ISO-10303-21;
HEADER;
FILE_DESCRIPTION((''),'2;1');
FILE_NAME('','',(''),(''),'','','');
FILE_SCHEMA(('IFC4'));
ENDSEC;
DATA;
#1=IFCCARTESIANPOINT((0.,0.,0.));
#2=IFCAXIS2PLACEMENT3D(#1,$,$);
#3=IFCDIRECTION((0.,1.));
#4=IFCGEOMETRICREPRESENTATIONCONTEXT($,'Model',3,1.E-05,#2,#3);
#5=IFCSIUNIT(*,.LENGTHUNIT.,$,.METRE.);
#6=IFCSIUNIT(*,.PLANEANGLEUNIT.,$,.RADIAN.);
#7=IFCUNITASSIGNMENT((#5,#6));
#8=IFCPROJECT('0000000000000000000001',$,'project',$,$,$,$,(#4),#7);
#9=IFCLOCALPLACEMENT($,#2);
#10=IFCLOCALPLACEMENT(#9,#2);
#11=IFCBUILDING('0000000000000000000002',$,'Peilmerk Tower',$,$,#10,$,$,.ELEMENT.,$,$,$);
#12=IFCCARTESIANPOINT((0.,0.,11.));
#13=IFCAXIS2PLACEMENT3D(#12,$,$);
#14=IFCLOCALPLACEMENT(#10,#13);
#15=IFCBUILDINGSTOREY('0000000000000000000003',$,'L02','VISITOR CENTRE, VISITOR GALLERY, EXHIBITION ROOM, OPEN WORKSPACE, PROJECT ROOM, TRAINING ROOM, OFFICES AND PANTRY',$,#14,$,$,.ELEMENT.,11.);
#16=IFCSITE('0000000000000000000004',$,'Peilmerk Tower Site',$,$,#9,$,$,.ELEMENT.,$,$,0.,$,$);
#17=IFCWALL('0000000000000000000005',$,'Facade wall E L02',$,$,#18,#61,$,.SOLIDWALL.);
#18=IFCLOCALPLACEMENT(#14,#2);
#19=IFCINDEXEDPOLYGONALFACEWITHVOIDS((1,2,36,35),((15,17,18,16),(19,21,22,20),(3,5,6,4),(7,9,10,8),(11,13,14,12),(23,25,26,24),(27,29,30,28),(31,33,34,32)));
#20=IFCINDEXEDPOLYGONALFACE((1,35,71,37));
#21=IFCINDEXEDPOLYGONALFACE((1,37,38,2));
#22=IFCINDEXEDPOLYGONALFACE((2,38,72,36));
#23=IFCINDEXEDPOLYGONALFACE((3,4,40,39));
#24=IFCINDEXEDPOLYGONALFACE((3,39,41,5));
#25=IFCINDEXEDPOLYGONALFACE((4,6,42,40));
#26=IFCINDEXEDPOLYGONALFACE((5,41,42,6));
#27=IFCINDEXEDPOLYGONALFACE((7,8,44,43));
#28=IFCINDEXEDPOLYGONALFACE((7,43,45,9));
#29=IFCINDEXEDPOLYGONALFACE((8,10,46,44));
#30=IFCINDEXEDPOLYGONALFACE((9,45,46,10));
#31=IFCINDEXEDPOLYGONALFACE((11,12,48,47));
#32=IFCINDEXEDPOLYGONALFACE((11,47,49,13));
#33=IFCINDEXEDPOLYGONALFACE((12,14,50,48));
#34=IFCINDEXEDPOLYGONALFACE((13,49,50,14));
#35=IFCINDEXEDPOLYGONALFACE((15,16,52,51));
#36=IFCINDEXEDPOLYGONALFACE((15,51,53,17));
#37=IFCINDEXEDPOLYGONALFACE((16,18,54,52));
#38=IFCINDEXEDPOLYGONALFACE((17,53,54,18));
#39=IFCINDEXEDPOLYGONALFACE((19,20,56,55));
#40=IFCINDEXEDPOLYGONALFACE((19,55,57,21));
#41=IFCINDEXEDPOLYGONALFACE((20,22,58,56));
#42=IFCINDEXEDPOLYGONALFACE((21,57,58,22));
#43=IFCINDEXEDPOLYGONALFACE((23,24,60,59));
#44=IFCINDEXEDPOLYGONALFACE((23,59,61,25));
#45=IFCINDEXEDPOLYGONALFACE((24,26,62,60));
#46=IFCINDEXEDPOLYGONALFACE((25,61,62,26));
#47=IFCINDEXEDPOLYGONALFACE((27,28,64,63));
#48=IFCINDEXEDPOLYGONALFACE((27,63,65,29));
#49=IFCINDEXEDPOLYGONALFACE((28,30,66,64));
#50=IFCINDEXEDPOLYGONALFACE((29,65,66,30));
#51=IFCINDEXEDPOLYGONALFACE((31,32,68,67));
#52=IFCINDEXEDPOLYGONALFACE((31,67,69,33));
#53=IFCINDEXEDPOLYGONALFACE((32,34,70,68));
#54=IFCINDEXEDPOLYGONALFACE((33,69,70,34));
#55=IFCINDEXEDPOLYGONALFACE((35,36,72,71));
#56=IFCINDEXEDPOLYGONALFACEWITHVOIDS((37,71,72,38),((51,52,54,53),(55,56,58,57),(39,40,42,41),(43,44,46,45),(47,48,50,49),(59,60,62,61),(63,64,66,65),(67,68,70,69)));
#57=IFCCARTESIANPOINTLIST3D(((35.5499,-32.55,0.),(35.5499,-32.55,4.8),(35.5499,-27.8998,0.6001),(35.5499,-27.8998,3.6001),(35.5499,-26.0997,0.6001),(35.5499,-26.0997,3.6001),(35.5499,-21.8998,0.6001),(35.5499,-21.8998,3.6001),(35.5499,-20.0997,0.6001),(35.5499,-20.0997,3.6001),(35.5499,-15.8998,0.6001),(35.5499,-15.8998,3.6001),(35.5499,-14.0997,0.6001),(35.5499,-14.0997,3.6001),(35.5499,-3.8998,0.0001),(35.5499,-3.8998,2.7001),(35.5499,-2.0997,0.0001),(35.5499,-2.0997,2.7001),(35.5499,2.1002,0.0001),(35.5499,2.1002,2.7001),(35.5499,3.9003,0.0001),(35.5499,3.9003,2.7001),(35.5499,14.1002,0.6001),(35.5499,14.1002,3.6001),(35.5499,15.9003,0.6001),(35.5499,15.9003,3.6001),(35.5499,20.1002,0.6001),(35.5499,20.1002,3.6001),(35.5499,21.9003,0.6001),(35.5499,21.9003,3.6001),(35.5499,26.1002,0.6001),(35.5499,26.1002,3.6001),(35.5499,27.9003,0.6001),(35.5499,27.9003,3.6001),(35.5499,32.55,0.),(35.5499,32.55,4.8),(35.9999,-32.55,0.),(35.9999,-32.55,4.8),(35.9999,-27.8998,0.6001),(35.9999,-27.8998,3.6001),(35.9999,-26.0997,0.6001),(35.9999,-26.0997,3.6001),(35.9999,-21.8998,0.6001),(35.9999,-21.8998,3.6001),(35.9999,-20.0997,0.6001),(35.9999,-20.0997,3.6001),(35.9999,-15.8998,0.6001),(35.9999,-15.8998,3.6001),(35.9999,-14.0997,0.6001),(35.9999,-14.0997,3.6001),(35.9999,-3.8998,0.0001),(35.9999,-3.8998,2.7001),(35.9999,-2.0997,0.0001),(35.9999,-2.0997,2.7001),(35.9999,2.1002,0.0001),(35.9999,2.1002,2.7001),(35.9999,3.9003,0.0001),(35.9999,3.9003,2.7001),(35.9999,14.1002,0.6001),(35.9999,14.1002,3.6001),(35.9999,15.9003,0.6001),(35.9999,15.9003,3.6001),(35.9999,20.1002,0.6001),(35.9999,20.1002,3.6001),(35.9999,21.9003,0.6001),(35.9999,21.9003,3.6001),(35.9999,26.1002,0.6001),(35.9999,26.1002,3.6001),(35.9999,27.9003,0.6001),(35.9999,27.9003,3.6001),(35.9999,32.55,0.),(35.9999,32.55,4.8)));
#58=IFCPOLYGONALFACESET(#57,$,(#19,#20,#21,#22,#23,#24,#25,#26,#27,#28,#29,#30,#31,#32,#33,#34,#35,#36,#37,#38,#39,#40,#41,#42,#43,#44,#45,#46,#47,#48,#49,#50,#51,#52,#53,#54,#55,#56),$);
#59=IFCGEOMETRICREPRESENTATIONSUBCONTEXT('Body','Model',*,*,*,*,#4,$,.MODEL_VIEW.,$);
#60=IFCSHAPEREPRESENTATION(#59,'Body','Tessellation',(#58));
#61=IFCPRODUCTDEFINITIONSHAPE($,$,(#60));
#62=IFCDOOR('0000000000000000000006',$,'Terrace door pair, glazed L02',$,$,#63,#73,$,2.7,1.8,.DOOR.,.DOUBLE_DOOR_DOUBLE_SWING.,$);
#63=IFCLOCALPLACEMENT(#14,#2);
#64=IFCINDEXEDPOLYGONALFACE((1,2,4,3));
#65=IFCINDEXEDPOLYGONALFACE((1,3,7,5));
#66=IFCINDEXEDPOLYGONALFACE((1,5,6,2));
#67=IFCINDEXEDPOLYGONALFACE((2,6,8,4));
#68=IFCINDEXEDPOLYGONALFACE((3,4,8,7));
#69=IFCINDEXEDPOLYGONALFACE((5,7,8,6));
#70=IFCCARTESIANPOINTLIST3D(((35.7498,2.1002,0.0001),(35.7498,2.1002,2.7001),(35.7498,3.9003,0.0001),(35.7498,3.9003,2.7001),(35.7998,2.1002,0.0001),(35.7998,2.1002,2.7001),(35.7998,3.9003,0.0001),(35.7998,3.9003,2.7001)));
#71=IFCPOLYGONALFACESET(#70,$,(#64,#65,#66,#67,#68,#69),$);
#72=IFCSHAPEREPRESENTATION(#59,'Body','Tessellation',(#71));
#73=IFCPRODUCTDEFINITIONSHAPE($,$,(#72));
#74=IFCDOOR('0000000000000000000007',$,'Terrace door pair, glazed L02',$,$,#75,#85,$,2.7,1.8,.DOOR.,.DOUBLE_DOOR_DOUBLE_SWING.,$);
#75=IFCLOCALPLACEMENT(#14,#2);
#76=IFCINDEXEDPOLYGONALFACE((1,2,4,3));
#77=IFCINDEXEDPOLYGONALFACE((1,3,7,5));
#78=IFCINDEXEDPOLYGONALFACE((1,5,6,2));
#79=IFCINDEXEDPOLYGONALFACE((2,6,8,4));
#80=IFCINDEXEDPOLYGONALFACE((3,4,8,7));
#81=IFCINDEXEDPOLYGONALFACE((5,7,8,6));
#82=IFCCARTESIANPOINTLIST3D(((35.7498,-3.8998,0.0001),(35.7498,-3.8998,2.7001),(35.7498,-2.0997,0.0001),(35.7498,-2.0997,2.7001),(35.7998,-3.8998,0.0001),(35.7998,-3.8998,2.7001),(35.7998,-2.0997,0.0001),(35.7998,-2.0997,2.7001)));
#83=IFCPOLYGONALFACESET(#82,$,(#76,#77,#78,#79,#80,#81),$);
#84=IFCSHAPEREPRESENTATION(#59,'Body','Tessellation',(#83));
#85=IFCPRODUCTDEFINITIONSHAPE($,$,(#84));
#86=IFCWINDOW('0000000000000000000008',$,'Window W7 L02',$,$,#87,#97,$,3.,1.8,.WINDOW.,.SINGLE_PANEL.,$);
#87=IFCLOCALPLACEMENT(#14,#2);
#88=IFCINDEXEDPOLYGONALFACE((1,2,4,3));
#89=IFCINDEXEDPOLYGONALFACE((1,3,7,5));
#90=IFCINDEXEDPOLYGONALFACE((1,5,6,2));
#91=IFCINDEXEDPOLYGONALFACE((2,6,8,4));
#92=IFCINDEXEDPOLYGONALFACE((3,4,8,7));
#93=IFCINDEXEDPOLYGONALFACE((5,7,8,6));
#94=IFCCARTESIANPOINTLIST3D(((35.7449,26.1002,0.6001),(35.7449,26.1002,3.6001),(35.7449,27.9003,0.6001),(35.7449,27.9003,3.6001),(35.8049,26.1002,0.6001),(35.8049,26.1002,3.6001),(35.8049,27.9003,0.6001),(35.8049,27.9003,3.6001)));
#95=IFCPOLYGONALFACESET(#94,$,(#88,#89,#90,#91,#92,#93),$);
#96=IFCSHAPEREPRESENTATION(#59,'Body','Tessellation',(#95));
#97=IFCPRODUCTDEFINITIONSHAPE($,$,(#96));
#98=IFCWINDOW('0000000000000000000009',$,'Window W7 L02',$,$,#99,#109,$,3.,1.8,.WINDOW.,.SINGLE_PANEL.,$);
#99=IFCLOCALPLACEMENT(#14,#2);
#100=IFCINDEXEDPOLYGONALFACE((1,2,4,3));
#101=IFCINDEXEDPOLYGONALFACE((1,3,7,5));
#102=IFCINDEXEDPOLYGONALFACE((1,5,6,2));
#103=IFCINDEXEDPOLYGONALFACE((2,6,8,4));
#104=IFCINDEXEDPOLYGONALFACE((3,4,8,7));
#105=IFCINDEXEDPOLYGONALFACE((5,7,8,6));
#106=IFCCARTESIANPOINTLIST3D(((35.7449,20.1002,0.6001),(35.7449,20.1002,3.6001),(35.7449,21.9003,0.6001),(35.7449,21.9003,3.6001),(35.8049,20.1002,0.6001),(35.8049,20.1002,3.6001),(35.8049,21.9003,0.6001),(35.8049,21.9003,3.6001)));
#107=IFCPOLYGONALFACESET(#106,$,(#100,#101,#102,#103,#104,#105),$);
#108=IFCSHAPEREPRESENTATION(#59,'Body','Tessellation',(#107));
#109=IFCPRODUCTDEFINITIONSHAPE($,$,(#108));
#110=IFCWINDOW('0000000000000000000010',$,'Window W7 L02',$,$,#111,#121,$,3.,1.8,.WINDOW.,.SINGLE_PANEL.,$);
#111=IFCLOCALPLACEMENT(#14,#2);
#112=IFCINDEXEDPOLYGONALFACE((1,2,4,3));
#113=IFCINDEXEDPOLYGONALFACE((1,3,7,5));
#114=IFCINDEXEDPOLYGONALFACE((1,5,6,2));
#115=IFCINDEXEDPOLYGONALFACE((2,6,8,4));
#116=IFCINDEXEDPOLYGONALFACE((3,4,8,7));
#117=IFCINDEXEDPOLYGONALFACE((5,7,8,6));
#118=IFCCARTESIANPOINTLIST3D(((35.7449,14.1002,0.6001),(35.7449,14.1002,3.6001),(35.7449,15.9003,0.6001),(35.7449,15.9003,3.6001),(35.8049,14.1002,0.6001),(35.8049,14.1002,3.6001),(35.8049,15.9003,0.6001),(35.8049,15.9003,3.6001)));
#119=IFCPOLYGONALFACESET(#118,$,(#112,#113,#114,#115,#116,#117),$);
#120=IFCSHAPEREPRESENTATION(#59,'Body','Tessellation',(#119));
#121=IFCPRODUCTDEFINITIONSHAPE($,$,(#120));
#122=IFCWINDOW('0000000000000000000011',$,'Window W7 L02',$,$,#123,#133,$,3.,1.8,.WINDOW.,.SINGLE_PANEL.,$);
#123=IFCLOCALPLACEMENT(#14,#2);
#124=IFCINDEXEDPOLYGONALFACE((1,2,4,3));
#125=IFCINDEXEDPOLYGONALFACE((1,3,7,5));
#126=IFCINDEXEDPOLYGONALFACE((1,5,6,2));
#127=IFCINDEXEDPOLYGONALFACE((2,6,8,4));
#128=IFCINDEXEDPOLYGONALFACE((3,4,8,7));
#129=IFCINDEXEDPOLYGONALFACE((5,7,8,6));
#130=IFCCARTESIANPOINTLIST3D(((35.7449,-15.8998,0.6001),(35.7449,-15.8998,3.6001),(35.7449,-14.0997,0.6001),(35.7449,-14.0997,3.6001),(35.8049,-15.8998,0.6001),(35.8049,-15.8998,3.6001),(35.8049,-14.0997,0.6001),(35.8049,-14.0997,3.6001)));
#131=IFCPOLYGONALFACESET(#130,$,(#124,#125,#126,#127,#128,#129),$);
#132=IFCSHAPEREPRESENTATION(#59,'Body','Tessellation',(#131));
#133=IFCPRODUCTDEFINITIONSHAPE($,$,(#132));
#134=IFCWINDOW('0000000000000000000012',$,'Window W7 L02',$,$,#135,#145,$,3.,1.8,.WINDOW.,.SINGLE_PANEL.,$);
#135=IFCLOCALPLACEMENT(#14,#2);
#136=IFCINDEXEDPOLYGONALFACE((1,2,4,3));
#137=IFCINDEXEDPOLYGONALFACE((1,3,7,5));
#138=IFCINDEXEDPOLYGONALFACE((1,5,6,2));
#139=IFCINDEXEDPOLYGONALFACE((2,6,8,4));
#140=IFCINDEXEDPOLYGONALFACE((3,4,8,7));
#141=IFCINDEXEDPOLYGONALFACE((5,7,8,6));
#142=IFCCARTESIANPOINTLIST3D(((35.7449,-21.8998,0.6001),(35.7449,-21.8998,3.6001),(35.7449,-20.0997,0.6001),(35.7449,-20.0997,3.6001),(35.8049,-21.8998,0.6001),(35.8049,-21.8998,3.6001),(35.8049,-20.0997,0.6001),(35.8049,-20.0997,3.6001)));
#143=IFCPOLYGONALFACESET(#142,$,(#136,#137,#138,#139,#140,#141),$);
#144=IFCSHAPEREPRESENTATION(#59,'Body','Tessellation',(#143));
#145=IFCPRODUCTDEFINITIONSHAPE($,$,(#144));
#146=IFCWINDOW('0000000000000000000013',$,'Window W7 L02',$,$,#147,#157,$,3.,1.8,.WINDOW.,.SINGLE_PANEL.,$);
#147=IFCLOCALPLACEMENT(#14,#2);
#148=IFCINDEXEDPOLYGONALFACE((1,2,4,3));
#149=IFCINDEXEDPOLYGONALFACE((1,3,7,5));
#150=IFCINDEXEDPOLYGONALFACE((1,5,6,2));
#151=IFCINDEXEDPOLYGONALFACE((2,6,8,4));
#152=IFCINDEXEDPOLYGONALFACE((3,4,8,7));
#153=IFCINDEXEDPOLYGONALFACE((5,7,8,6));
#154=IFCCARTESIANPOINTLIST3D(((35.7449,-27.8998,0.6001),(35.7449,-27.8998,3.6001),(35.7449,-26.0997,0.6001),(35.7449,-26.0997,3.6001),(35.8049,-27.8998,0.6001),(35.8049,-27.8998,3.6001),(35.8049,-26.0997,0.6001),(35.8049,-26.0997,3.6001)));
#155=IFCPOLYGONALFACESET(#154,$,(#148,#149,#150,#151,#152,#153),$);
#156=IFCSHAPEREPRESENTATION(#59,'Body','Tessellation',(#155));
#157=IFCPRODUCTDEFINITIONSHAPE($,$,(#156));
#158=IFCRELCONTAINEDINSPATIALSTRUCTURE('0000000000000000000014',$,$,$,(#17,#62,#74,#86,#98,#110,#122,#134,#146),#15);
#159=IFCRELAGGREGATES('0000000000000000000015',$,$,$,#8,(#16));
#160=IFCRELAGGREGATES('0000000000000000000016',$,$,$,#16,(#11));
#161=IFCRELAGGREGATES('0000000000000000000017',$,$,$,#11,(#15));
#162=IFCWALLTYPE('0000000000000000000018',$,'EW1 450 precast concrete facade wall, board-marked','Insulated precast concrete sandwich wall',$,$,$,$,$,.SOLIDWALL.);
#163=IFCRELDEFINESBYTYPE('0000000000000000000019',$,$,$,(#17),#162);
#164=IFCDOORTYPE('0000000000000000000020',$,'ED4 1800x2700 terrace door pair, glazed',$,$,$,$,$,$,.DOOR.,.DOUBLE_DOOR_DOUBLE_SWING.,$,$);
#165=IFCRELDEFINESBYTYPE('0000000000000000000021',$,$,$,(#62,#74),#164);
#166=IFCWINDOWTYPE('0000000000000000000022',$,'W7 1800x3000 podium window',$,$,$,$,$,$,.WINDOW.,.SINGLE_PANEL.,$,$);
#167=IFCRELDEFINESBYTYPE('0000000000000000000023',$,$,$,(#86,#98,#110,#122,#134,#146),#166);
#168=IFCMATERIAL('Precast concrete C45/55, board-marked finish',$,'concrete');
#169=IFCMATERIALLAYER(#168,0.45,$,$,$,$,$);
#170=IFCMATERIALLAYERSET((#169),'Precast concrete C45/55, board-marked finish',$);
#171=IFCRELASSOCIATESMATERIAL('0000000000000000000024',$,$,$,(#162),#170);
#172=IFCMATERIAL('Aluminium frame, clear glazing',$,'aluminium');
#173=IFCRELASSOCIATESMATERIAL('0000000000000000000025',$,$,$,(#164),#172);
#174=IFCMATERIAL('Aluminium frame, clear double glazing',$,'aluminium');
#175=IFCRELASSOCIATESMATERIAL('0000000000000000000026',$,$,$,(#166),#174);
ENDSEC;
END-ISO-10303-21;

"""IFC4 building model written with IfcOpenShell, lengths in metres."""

from ifc_helpers import new_model, si_unit, direction, frame, frame_2d, origin, place, context, subcontext, project, spatial, rectangle, extrude, material, layer, layer_set, type_object, element, fill, save


model = new_model("IFC4")

# Units and contexts
model_context = context("Model", 3, precision=1e-05, world=origin(), true_north=direction((0.0, 1.0)))
body_context = subcontext(model_context, "Body", "Model", "MODEL_VIEW")
ifc_project = project(units=[si_unit("LENGTHUNIT", "METRE"), si_unit("PLANEANGLEUNIT", "RADIAN")], contexts=[model_context])

# Site, building, storey
site_placement = place(None, origin())
site = spatial("IfcSite", under=ifc_project, at=site_placement, Name="Peilmerk Tower Site", CompositionType="ELEMENT", RefElevation=0.0)
building_placement = place(site_placement, origin())
building = spatial("IfcBuilding", under=site, at=building_placement, Name="Peilmerk Tower", CompositionType="ELEMENT")
storey_placement = place(building_placement, frame((0.0, 0.0, 11.0)))
storey = spatial("IfcBuildingStorey", under=building, at=storey_placement, Name="L02", Description="VISITOR CENTRE, VISITOR GALLERY, EXHIBITION ROOM, OPEN WORKSPACE, PROJECT ROOM, TRAINING ROOM, OFFICES AND PANTRY", CompositionType="ELEMENT", Elevation=11.0)

# Wall, openings, doors, windows
ifc_material_1 = material(Name="Precast concrete C45/55, board-marked finish", Category="concrete")
ifc_layer = layer(ifc_material_1, 0.45)
ifc_layer_set = layer_set([ifc_layer], Name="Precast concrete C45/55, board-marked finish")
wall_type = type_object("IfcWallType", Name="EW1 450 precast concrete facade wall, board-marked", Description="Insulated precast concrete sandwich wall", PredefinedType="SOLIDWALL", material=ifc_layer_set)
wall_placement = place(storey_placement, frame((35.7749, 32.55, 0.0), z_axis=(0.0, 0.0, 1.0), x_axis=(0.0, -1.0, 0.0)))
wall = element("IfcWall", 1, at=wall_placement, inside=storey, type_object=wall_type, Name="Facade wall E L02", PredefinedType="SOLIDWALL", context=body_context, shape_type="SweptSolid", body=[
    extrude(rectangle(XDim=65.1001, YDim=0.45, at=frame_2d((32.55, 0.0))), origin(), (0.0, 0.0, 1.0), 4.8),
])
opening_1_placement = place(wall_placement, frame((4.6499, 0.0, 0.6001)))
opening_1 = element("IfcOpeningElement", 2, at=opening_1_placement, cuts=wall, PredefinedType="OPENING", context=body_context, shape_type="SweptSolid", body=[
    extrude(rectangle(XDim=1.8, YDim=3.0, at=frame_2d((0.8999, 1.5))), frame((0.0, 0.2349, 0.0), z_axis=(0.0, -1.0, 0.0), x_axis=(1.0, 0.0, 0.0)), (0.0, 0.0, 1.0), 0.47),
])
opening_2_placement = place(wall_placement, frame((10.6499, 0.0, 0.6001)))
opening_2 = element("IfcOpeningElement", 3, at=opening_2_placement, cuts=wall, PredefinedType="OPENING", context=body_context, shape_type="SweptSolid", body=[
    extrude(rectangle(XDim=1.8, YDim=3.0, at=frame_2d((0.8999, 1.5))), frame((0.0, 0.2349, 0.0), z_axis=(0.0, -1.0, 0.0), x_axis=(1.0, 0.0, 0.0)), (0.0, 0.0, 1.0), 0.47),
])
opening_3_placement = place(wall_placement, frame((16.6499, 0.0, 0.6001)))
opening_3 = element("IfcOpeningElement", 4, at=opening_3_placement, cuts=wall, PredefinedType="OPENING", context=body_context, shape_type="SweptSolid", body=[
    extrude(rectangle(XDim=1.8, YDim=3.0, at=frame_2d((0.8999, 1.5))), frame((0.0, 0.2349, 0.0), z_axis=(0.0, -1.0, 0.0), x_axis=(1.0, 0.0, 0.0)), (0.0, 0.0, 1.0), 0.47),
])
opening_4_placement = place(wall_placement, frame((46.6499, 0.0, 0.6001)))
opening_4 = element("IfcOpeningElement", 5, at=opening_4_placement, cuts=wall, PredefinedType="OPENING", context=body_context, shape_type="SweptSolid", body=[
    extrude(rectangle(XDim=1.8, YDim=3.0, at=frame_2d((0.8999, 1.5))), frame((0.0, 0.2349, 0.0), z_axis=(0.0, -1.0, 0.0), x_axis=(1.0, 0.0, 0.0)), (0.0, 0.0, 1.0), 0.47),
])
opening_5_placement = place(wall_placement, frame((52.6499, 0.0, 0.6001)))
opening_5 = element("IfcOpeningElement", 6, at=opening_5_placement, cuts=wall, PredefinedType="OPENING", context=body_context, shape_type="SweptSolid", body=[
    extrude(rectangle(XDim=1.8, YDim=3.0, at=frame_2d((0.8999, 1.5))), frame((0.0, 0.2349, 0.0), z_axis=(0.0, -1.0, 0.0), x_axis=(1.0, 0.0, 0.0)), (0.0, 0.0, 1.0), 0.47),
])
opening_6_placement = place(wall_placement, frame((58.6499, 0.0, 0.6001)))
opening_6 = element("IfcOpeningElement", 7, at=opening_6_placement, cuts=wall, PredefinedType="OPENING", context=body_context, shape_type="SweptSolid", body=[
    extrude(rectangle(XDim=1.8, YDim=3.0, at=frame_2d((0.8999, 1.5))), frame((0.0, 0.2349, 0.0), z_axis=(0.0, -1.0, 0.0), x_axis=(1.0, 0.0, 0.0)), (0.0, 0.0, 1.0), 0.47),
])
opening_7_placement = place(wall_placement, frame((28.6499, 0.0, 0.0)))
opening_7 = element("IfcOpeningElement", 8, at=opening_7_placement, cuts=wall, PredefinedType="OPENING", context=body_context, shape_type="SweptSolid", body=[
    extrude(rectangle(XDim=1.8, YDim=2.7, at=frame_2d((0.8999, 1.3501))), frame((0.0, 0.2349, 0.0), z_axis=(0.0, -1.0, 0.0), x_axis=(1.0, 0.0, 0.0)), (0.0, 0.0, 1.0), 0.47),
])
opening_8_placement = place(wall_placement, frame((34.6499, 0.0, 0.0)))
opening_8 = element("IfcOpeningElement", 9, at=opening_8_placement, cuts=wall, PredefinedType="OPENING", context=body_context, shape_type="SweptSolid", body=[
    extrude(rectangle(XDim=1.8, YDim=2.7, at=frame_2d((0.8999, 1.3501))), frame((0.0, 0.2349, 0.0), z_axis=(0.0, -1.0, 0.0), x_axis=(1.0, 0.0, 0.0)), (0.0, 0.0, 1.0), 0.47),
])
ifc_material_2 = material(Name="Aluminium frame, clear glazing", Category="aluminium")
door_type = type_object("IfcDoorType", Name="ED4 1800x2700 terrace door pair, glazed", OperationType="DOUBLE_DOOR_DOUBLE_SWING", PredefinedType="DOOR", material=ifc_material_2)
door_1_placement = place(opening_7_placement, origin())
door_1 = element("IfcDoor", 10, at=door_1_placement, inside=storey, type_object=door_type, Name="Terrace door pair, glazed L02", OperationType="DOUBLE_DOOR_DOUBLE_SWING", OverallHeight=2.7, OverallWidth=1.8, PredefinedType="DOOR", context=body_context, shape_type="SweptSolid", body=[
    extrude(rectangle(XDim=1.8, YDim=2.7, at=frame_2d((0.8999, 1.3501))), frame((0.0, 0.0249, 0.0), z_axis=(0.0, -1.0, 0.0), x_axis=(1.0, 0.0, 0.0)), (0.0, 0.0, 1.0), 0.05),
])
fill(opening_7, door_1)
door_2_placement = place(opening_8_placement, origin())
door_2 = element("IfcDoor", 11, at=door_2_placement, inside=storey, type_object=door_type, Name="Terrace door pair, glazed L02", OperationType="DOUBLE_DOOR_DOUBLE_SWING", OverallHeight=2.7, OverallWidth=1.8, PredefinedType="DOOR", context=body_context, shape_type="SweptSolid", body=[
    extrude(rectangle(XDim=1.8, YDim=2.7, at=frame_2d((0.8999, 1.3501))), frame((0.0, 0.0249, 0.0), z_axis=(0.0, -1.0, 0.0), x_axis=(1.0, 0.0, 0.0)), (0.0, 0.0, 1.0), 0.05),
])
fill(opening_8, door_2)
ifc_material_3 = material(Name="Aluminium frame, clear double glazing", Category="aluminium")
window_type = type_object("IfcWindowType", Name="W7 1800x3000 podium window", PartitioningType="SINGLE_PANEL", PredefinedType="WINDOW", material=ifc_material_3)
window_1_placement = place(opening_1_placement, origin())
window_1 = element("IfcWindow", 12, at=window_1_placement, inside=storey, type_object=window_type, Name="Window W7 L02", OverallHeight=3.0, OverallWidth=1.8, PartitioningType="SINGLE_PANEL", PredefinedType="WINDOW", context=body_context, shape_type="SweptSolid", body=[
    extrude(rectangle(XDim=1.8, YDim=3.0, at=frame_2d((0.8999, 1.5))), frame((0.0, 0.03, 0.0), z_axis=(0.0, -1.0, 0.0), x_axis=(1.0, 0.0, 0.0)), (0.0, 0.0, 1.0), 0.0601),
])
fill(opening_1, window_1)
window_2_placement = place(opening_2_placement, origin())
window_2 = element("IfcWindow", 13, at=window_2_placement, inside=storey, type_object=window_type, Name="Window W7 L02", OverallHeight=3.0, OverallWidth=1.8, PartitioningType="SINGLE_PANEL", PredefinedType="WINDOW", context=body_context, shape_type="SweptSolid", body=[
    extrude(rectangle(XDim=1.8, YDim=3.0, at=frame_2d((0.8999, 1.5))), frame((0.0, 0.03, 0.0), z_axis=(0.0, -1.0, 0.0), x_axis=(1.0, 0.0, 0.0)), (0.0, 0.0, 1.0), 0.0601),
])
fill(opening_2, window_2)
window_3_placement = place(opening_3_placement, origin())
window_3 = element("IfcWindow", 14, at=window_3_placement, inside=storey, type_object=window_type, Name="Window W7 L02", OverallHeight=3.0, OverallWidth=1.8, PartitioningType="SINGLE_PANEL", PredefinedType="WINDOW", context=body_context, shape_type="SweptSolid", body=[
    extrude(rectangle(XDim=1.8, YDim=3.0, at=frame_2d((0.8999, 1.5))), frame((0.0, 0.03, 0.0), z_axis=(0.0, -1.0, 0.0), x_axis=(1.0, 0.0, 0.0)), (0.0, 0.0, 1.0), 0.0601),
])
fill(opening_3, window_3)
window_4_placement = place(opening_4_placement, origin())
window_4 = element("IfcWindow", 15, at=window_4_placement, inside=storey, type_object=window_type, Name="Window W7 L02", OverallHeight=3.0, OverallWidth=1.8, PartitioningType="SINGLE_PANEL", PredefinedType="WINDOW", context=body_context, shape_type="SweptSolid", body=[
    extrude(rectangle(XDim=1.8, YDim=3.0, at=frame_2d((0.8999, 1.5))), frame((0.0, 0.03, 0.0), z_axis=(0.0, -1.0, 0.0), x_axis=(1.0, 0.0, 0.0)), (0.0, 0.0, 1.0), 0.0601),
])
fill(opening_4, window_4)
window_5_placement = place(opening_5_placement, origin())
window_5 = element("IfcWindow", 16, at=window_5_placement, inside=storey, type_object=window_type, Name="Window W7 L02", OverallHeight=3.0, OverallWidth=1.8, PartitioningType="SINGLE_PANEL", PredefinedType="WINDOW", context=body_context, shape_type="SweptSolid", body=[
    extrude(rectangle(XDim=1.8, YDim=3.0, at=frame_2d((0.8999, 1.5))), frame((0.0, 0.03, 0.0), z_axis=(0.0, -1.0, 0.0), x_axis=(1.0, 0.0, 0.0)), (0.0, 0.0, 1.0), 0.0601),
])
fill(opening_5, window_5)
window_6_placement = place(opening_6_placement, origin())
window_6 = element("IfcWindow", 17, at=window_6_placement, inside=storey, type_object=window_type, Name="Window W7 L02", OverallHeight=3.0, OverallWidth=1.8, PartitioningType="SINGLE_PANEL", PredefinedType="WINDOW", context=body_context, shape_type="SweptSolid", body=[
    extrude(rectangle(XDim=1.8, YDim=3.0, at=frame_2d((0.8999, 1.5))), frame((0.0, 0.03, 0.0), z_axis=(0.0, -1.0, 0.0), x_axis=(1.0, 0.0, 0.0)), (0.0, 0.0, 1.0), 0.0601),
])
fill(opening_6, window_6)

save(model, "model.ifc")
